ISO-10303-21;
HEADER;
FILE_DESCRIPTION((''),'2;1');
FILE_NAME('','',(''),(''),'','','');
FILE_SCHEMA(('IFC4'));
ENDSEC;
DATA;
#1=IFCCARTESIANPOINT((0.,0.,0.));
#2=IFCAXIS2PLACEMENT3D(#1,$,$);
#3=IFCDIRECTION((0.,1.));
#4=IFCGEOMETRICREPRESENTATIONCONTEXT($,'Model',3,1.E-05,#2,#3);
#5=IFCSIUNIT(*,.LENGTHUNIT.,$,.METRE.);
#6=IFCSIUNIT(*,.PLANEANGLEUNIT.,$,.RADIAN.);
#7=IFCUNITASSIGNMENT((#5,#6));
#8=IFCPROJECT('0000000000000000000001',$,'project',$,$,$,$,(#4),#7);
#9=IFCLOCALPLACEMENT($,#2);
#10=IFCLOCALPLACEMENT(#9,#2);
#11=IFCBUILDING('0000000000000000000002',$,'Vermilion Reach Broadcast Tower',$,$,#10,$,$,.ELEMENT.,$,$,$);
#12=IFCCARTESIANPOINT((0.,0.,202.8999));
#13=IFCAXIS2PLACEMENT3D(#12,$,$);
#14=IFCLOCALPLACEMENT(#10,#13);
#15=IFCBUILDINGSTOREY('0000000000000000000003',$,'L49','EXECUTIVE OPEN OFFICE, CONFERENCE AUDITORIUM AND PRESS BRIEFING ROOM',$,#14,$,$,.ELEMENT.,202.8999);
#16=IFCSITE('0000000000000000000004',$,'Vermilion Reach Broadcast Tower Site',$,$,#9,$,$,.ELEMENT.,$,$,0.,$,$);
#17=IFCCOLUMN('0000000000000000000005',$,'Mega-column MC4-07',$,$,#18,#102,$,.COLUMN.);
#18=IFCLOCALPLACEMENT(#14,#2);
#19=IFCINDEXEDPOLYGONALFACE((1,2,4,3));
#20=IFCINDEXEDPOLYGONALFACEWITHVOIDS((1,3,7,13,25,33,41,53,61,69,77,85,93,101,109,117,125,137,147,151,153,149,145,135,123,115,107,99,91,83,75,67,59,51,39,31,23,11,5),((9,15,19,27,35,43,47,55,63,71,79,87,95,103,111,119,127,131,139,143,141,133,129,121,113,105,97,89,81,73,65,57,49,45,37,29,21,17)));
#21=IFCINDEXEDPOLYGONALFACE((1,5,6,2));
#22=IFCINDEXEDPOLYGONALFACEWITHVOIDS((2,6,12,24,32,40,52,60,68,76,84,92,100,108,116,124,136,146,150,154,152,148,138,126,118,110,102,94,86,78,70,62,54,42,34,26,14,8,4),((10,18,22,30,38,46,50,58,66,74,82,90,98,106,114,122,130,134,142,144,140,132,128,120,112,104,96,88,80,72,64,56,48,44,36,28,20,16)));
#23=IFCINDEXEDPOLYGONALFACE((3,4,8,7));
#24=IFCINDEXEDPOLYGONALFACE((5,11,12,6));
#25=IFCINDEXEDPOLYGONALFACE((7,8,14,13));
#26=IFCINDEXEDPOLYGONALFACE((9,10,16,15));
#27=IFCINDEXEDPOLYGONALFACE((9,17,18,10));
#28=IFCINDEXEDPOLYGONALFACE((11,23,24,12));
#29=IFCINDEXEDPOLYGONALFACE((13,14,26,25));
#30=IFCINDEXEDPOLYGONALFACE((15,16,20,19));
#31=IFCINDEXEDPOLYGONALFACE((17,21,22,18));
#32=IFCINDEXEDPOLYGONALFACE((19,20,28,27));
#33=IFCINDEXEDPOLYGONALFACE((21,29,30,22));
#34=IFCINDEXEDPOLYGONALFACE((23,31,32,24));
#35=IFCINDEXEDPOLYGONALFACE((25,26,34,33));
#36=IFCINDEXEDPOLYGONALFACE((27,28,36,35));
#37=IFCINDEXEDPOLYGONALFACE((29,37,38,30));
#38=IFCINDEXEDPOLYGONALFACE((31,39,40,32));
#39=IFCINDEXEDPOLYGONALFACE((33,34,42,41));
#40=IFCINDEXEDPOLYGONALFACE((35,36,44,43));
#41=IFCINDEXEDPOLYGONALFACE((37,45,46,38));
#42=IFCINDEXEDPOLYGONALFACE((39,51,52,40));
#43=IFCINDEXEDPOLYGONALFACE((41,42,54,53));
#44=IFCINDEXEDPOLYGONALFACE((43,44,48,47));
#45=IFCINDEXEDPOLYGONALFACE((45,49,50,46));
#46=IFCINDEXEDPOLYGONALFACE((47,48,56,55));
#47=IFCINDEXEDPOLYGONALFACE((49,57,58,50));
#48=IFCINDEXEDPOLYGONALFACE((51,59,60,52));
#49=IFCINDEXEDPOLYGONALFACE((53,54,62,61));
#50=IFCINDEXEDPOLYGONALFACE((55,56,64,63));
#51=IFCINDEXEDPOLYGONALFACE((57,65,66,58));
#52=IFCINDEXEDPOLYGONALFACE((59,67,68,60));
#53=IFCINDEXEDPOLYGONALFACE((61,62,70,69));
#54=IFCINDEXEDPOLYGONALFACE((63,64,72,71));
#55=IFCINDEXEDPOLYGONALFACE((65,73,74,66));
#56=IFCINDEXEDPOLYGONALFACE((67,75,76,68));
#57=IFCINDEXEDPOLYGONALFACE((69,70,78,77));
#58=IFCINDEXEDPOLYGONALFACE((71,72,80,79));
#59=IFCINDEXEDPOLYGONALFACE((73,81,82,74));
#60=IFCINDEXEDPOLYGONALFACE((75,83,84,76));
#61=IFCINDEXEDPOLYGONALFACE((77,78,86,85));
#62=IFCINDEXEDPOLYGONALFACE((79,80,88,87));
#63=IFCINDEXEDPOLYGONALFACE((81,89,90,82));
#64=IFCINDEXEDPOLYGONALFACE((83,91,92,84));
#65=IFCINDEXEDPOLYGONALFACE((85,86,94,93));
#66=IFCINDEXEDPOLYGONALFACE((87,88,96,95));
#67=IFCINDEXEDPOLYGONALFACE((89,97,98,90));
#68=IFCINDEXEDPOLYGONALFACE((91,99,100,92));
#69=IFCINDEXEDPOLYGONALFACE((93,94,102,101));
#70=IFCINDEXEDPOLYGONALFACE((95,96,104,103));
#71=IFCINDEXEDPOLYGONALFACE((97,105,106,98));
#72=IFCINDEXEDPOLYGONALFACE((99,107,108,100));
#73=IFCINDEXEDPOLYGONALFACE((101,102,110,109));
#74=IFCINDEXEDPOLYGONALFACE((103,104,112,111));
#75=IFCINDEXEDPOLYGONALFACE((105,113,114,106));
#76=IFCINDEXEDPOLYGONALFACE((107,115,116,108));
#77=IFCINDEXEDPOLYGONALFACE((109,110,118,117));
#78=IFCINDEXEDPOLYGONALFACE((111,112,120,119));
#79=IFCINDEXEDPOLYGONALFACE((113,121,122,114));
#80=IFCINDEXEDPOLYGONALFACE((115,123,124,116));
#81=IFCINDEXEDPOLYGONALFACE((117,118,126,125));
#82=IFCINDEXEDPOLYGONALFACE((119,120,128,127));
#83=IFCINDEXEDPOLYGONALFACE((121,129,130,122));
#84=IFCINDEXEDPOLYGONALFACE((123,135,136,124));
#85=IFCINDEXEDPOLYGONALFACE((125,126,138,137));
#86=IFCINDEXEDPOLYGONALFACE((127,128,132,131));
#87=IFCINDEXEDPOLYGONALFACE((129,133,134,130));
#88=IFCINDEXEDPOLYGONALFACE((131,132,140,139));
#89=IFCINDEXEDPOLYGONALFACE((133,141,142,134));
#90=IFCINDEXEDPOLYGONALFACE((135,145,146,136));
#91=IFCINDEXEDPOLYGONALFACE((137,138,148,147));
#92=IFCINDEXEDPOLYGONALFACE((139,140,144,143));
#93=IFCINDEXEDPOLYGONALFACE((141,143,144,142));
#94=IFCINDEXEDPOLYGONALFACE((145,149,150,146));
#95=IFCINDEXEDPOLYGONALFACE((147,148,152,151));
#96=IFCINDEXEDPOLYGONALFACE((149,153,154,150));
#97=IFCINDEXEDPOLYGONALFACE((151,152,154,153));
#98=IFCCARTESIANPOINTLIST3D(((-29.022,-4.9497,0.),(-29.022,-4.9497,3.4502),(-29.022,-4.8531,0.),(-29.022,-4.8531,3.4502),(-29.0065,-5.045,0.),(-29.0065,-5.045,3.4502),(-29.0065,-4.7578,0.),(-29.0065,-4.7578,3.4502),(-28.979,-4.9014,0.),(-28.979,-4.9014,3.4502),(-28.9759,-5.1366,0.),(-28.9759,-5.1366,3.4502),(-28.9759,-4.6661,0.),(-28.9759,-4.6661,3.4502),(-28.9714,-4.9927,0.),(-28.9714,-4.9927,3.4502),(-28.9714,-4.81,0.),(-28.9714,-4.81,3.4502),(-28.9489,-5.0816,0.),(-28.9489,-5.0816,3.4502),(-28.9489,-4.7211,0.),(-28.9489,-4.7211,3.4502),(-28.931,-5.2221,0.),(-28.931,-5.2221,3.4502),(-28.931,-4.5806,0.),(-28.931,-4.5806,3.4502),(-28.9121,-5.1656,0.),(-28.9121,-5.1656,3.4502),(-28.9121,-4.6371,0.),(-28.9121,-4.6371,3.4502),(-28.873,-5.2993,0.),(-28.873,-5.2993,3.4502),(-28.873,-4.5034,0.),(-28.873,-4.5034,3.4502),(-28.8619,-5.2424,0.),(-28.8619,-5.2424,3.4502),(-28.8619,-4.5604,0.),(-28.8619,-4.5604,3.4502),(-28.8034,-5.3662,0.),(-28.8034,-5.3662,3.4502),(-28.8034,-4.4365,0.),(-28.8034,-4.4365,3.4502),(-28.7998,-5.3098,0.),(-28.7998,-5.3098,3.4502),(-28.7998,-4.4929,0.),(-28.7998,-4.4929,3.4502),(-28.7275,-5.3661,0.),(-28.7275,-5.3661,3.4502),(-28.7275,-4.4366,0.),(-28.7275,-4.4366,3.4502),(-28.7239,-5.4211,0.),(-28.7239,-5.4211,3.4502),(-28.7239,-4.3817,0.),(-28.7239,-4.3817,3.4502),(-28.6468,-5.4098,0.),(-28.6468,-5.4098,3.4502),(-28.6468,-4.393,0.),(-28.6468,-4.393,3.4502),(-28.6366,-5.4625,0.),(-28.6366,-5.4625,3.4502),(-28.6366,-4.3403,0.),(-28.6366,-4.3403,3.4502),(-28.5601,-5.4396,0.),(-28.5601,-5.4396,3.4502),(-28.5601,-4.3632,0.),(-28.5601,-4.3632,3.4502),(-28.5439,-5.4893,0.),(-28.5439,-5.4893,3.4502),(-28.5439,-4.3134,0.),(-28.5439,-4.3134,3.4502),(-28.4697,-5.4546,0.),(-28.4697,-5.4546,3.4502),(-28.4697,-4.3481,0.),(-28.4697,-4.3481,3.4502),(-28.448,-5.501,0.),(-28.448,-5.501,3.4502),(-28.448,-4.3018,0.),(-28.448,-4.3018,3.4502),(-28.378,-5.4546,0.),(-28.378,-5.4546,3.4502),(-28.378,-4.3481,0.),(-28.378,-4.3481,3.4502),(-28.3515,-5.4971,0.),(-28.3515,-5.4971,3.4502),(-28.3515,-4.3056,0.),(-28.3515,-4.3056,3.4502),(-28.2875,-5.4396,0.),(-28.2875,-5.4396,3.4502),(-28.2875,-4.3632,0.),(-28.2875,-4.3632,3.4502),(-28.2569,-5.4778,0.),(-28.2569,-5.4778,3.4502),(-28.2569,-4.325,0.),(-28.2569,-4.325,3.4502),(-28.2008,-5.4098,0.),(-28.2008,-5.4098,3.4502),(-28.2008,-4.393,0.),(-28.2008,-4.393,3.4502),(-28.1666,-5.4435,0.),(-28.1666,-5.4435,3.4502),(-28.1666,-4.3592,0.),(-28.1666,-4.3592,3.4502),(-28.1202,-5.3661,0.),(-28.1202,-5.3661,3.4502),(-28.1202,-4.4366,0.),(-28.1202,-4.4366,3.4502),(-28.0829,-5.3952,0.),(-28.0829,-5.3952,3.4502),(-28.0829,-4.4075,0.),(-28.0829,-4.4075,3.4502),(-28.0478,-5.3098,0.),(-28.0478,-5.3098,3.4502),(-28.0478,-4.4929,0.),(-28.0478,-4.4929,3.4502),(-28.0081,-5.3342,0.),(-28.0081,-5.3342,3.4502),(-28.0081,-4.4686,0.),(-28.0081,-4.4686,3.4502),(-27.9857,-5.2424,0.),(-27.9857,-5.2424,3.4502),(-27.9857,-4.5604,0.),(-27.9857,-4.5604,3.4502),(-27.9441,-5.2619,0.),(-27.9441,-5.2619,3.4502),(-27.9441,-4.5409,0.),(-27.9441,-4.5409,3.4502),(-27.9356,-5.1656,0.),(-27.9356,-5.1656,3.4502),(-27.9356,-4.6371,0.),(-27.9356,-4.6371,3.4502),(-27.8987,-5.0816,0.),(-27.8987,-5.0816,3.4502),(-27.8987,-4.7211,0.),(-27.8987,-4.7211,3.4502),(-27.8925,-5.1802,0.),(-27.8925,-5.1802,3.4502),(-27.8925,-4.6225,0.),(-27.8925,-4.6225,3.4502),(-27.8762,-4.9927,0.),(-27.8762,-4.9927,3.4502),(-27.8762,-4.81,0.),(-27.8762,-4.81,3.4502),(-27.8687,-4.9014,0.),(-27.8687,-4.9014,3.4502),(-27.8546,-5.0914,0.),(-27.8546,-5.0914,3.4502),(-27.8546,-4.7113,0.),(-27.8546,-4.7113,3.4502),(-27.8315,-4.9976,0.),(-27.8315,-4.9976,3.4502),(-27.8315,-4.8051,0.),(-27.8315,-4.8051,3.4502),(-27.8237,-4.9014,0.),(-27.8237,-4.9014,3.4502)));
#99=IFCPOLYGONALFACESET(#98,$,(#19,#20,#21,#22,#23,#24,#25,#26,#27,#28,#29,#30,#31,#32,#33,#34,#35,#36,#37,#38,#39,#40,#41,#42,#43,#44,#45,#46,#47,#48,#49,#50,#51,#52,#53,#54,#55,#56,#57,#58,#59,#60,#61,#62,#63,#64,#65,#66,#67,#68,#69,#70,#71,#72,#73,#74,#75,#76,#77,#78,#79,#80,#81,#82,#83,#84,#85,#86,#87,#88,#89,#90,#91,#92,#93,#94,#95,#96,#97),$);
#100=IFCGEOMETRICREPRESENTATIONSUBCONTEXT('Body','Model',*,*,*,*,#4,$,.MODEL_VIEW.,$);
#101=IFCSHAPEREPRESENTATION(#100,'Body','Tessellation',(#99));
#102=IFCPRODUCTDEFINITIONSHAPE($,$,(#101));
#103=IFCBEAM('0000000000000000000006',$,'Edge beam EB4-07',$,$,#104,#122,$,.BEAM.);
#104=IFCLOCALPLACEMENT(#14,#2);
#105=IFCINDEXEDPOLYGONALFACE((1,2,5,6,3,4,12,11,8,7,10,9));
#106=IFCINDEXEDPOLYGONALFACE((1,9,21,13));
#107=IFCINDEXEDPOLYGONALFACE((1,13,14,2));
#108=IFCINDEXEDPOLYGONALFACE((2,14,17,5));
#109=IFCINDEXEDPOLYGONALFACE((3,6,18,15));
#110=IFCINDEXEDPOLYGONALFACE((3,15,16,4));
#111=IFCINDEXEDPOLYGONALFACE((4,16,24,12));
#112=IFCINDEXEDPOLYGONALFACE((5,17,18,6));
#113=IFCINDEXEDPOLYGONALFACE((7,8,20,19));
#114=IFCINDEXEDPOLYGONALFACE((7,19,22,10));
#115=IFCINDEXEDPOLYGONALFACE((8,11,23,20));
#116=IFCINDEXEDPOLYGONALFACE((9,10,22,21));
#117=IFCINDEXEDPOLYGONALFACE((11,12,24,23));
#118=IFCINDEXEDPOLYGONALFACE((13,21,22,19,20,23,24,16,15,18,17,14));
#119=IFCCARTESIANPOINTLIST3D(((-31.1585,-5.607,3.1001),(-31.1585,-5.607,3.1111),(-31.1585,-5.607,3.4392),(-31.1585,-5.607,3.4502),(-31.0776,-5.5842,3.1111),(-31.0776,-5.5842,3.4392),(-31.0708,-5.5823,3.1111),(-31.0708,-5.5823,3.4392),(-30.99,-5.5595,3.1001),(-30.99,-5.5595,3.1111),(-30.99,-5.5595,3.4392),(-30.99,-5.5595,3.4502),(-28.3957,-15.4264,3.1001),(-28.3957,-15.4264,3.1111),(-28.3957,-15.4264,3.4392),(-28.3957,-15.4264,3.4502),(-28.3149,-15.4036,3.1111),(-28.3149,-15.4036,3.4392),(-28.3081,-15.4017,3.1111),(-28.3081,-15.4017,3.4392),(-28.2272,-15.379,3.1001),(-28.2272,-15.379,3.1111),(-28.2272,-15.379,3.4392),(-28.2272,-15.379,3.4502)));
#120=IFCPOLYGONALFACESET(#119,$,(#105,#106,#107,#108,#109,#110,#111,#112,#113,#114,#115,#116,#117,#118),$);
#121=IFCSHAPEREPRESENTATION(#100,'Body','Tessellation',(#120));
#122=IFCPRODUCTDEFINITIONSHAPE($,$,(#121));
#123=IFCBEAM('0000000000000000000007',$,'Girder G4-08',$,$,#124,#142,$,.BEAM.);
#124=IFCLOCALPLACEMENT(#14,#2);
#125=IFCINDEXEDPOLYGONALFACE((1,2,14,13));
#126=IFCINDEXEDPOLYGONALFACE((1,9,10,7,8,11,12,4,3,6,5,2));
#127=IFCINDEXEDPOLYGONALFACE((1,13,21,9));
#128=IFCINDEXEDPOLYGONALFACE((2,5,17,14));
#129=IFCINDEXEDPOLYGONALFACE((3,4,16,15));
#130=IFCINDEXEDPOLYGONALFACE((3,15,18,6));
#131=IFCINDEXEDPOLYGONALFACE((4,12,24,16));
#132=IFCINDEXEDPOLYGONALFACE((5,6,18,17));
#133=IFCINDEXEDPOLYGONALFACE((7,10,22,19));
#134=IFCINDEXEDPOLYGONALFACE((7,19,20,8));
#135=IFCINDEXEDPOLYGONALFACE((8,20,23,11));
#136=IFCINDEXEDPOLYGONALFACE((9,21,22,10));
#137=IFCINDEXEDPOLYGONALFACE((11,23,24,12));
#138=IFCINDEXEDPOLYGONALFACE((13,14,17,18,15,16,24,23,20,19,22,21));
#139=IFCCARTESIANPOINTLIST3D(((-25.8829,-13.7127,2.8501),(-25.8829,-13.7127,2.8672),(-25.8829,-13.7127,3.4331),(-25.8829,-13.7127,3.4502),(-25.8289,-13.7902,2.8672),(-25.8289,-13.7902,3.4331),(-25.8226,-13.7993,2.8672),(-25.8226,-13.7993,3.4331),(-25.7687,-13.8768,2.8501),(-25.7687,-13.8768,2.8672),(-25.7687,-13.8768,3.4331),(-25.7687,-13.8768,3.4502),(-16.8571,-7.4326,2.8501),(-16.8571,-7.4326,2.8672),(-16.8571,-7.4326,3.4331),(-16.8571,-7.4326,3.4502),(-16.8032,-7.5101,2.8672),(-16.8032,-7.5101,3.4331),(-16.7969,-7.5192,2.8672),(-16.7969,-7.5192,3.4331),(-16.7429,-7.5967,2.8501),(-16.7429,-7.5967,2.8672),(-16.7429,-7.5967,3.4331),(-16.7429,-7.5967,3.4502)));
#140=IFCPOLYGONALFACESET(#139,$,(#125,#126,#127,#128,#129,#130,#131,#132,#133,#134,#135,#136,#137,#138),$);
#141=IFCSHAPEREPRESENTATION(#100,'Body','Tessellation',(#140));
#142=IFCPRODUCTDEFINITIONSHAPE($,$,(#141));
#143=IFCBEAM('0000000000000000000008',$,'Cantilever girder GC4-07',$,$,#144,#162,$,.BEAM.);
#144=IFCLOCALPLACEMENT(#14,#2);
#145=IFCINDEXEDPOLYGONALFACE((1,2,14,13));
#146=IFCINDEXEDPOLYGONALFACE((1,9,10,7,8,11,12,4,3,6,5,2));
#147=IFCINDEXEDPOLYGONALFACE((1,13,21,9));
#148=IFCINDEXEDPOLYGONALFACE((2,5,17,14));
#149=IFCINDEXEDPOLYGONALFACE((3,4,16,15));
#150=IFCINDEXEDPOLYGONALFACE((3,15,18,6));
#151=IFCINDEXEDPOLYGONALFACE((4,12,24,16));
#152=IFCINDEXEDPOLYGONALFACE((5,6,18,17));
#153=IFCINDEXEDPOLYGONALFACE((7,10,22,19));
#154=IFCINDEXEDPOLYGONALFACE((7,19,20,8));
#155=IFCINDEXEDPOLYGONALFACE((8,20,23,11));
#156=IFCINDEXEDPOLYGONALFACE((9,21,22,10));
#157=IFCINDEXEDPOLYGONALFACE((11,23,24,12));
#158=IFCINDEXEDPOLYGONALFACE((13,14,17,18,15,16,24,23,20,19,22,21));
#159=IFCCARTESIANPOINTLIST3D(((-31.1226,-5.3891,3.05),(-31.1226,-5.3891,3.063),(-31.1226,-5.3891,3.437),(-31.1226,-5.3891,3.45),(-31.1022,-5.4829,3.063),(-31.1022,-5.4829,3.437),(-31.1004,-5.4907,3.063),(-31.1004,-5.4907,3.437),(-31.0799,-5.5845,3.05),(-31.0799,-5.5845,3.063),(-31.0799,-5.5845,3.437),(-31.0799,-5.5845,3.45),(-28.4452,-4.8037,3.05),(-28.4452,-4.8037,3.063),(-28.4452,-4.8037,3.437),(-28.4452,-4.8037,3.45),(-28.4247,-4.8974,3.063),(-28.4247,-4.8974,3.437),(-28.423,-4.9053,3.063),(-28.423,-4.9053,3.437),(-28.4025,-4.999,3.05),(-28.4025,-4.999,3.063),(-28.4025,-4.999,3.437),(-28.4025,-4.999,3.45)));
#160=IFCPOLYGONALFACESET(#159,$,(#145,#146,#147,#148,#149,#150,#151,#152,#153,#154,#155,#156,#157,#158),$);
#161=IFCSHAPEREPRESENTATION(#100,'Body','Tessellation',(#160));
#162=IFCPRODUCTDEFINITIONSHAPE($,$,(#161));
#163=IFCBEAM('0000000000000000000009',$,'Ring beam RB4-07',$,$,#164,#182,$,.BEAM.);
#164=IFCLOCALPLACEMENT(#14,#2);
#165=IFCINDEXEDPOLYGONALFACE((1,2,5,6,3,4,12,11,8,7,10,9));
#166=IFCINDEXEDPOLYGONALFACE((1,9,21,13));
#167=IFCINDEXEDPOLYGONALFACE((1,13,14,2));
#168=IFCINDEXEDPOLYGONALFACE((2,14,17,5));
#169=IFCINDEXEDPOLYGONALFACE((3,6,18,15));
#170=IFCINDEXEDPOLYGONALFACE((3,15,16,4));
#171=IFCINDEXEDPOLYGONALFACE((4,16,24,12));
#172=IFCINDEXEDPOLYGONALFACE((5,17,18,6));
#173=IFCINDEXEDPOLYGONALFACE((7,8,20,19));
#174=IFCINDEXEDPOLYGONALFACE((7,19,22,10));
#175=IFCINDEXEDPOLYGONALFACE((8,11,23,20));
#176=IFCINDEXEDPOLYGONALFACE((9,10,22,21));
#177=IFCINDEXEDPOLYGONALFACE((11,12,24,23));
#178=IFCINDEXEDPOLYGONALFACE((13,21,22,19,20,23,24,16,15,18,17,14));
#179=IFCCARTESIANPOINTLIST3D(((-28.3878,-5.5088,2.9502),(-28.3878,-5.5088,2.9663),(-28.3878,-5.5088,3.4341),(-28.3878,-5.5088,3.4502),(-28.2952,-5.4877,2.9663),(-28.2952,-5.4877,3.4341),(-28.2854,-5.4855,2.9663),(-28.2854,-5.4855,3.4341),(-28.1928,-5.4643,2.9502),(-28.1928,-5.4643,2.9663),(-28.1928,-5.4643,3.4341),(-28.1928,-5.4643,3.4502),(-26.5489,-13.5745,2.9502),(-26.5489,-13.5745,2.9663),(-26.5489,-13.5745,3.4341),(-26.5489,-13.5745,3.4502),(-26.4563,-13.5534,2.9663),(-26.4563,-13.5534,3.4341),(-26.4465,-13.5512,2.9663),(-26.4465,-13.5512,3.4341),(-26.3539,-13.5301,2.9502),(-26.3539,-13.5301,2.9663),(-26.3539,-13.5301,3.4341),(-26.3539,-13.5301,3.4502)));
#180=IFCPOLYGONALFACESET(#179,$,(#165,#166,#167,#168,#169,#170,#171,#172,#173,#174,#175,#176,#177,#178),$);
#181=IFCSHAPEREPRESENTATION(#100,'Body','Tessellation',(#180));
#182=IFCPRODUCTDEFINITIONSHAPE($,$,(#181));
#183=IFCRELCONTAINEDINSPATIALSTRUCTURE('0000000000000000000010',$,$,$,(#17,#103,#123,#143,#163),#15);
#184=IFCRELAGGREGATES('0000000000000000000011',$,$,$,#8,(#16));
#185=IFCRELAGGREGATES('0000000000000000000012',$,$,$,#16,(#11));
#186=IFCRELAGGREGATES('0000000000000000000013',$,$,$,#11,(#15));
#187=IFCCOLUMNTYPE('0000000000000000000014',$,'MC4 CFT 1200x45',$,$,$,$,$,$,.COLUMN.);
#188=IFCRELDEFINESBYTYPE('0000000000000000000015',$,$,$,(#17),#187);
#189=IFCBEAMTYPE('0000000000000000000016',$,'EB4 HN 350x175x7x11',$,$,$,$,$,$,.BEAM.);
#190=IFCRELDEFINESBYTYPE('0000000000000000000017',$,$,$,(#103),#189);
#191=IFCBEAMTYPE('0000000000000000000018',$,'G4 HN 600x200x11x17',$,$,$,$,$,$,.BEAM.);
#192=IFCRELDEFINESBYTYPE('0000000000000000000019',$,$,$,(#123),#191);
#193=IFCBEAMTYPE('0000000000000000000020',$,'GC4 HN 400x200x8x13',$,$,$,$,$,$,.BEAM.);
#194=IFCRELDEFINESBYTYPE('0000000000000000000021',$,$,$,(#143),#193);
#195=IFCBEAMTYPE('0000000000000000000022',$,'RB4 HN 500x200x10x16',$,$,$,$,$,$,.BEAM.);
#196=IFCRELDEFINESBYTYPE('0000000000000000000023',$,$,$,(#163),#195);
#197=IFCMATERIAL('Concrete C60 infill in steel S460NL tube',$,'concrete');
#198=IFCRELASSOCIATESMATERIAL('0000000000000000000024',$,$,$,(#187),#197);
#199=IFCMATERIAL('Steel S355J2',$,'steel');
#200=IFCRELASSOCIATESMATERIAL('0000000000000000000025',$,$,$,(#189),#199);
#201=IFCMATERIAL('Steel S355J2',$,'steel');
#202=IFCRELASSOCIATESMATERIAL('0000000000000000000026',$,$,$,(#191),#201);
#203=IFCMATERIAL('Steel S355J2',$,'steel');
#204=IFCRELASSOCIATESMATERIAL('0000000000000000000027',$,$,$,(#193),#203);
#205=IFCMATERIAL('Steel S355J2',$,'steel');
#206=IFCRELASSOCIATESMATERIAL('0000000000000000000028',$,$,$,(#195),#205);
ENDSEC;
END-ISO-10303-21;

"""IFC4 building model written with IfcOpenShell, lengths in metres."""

from ifc_helpers import new_model, si_unit, direction, frame, origin, origin_2d, place, context, subcontext, project, spatial, hollow_circle, i_section, extrude, material, material_profile, profile_set, type_object, element, save


model = new_model("IFC4")

# Units and contexts
model_context = context("Model", 3, precision=1e-05, world=origin(), true_north=direction((0.0, 1.0)))
body_context = subcontext(model_context, "Body", "Model", "MODEL_VIEW")
ifc_project = project(units=[si_unit("LENGTHUNIT", "METRE"), si_unit("PLANEANGLEUNIT", "RADIAN")], contexts=[model_context])

# Site, building, storey
site_placement = place(None, origin())
site = spatial("IfcSite", under=ifc_project, at=site_placement, Name="Vermilion Reach Broadcast Tower Site", CompositionType="ELEMENT", RefElevation=0.0)
building_placement = place(site_placement, origin())
building = spatial("IfcBuilding", under=site, at=building_placement, Name="Vermilion Reach Broadcast Tower", CompositionType="ELEMENT")
storey_placement = place(building_placement, frame((0.0, 0.0, 202.8999)))
storey = spatial("IfcBuildingStorey", under=building, at=storey_placement, Name="L49", Description="EXECUTIVE OPEN OFFICE, CONFERENCE AUDITORIUM AND PRESS BRIEFING ROOM", CompositionType="ELEMENT", Elevation=202.8999)

# Column
ifc_material_1 = material(Name="Concrete C60 infill in steel S460NL tube", Category="concrete")
ifc_material_profile_1 = material_profile(ifc_material_1, hollow_circle(Radius=0.6001, WallThickness=0.0449, at=origin_2d()), Name="Concrete C60 infill in steel S460NL tube CFT 1200x45")
ifc_profile_set_1 = profile_set([ifc_material_profile_1], Name="Concrete C60 infill in steel S460NL tube")
column_type = type_object("IfcColumnType", Name="MC4 CFT 1200x45", PredefinedType="COLUMN", material=ifc_profile_set_1)
column_placement = place(storey_placement, frame((-28.4238, -4.9014, 0.0), z_axis=(0.0, 0.0, 1.0), x_axis=(1.0, 0.0, 0.0)))
element("IfcColumn", 1, at=column_placement, inside=storey, type_object=column_type, Name="Mega-column MC4-07", PredefinedType="COLUMN", context=body_context, shape_type="SweptSolid", body=[
    extrude(hollow_circle(Radius=0.6001, WallThickness=0.0449, at=origin_2d()), origin(), (0.0, 0.0, 1.0), 3.4502),
])

# Beams
ifc_material_2 = material(Name="Steel S355J2", Category="steel")
ifc_material_profile_2 = material_profile(ifc_material_2, i_section(OverallWidth=0.175, OverallDepth=0.3501, WebThickness=0.0071, FlangeThickness=0.011, at=origin_2d()), Name="S355J2 HN 350x175x7x11")
ifc_profile_set_2 = profile_set([ifc_material_profile_2], Name="Steel S355J2")
beam_type_1 = type_object("IfcBeamType", Name="EB4 HN 350x175x7x11", PredefinedType="BEAM", material=ifc_profile_set_2)
beam_1_placement = place(storey_placement, frame((-31.0742, -5.5833, 3.2751), z_axis=(0.270837, -0.962625, 0.0), x_axis=(0.962625, 0.270837, 0.0)))
element("IfcBeam", 2, at=beam_1_placement, inside=storey, type_object=beam_type_1, Name="Edge beam EB4-07", PredefinedType="BEAM", context=body_context, shape_type="SweptSolid", body=[
    extrude(i_section(OverallWidth=0.175, OverallDepth=0.3501, WebThickness=0.0071, FlangeThickness=0.011, at=origin_2d()), origin(), (0.0, 0.0, 1.0), 10.2007),
])
ifc_material_3 = material(Name="Steel S355J2", Category="steel")
ifc_material_profile_3 = material_profile(ifc_material_3, i_section(OverallWidth=0.2, OverallDepth=0.6001, WebThickness=0.011, FlangeThickness=0.0171, at=origin_2d()), Name="S355J2 HN 600x200x11x17")
ifc_profile_set_3 = profile_set([ifc_material_profile_3], Name="Steel S355J2")
beam_type_2 = type_object("IfcBeamType", Name="G4 HN 600x200x11x17", PredefinedType="BEAM", material=ifc_profile_set_3)
beam_2_placement = place(storey_placement, frame((-16.8, -7.5146, 3.1501), z_axis=(-0.820849, -0.571146, 0.0), x_axis=(0.571146, -0.820849, 0.0)))
element("IfcBeam", 3, at=beam_2_placement, inside=storey, type_object=beam_type_2, Name="Girder G4-08", PredefinedType="BEAM", context=body_context, shape_type="SweptSolid", body=[
    extrude(i_section(OverallWidth=0.2, OverallDepth=0.6001, WebThickness=0.011, FlangeThickness=0.0171, at=origin_2d()), origin(), (0.0, 0.0, 1.0), 10.9956),
])
ifc_material_4 = material(Name="Steel S355J2", Category="steel")
ifc_material_profile_4 = material_profile(ifc_material_4, i_section(OverallWidth=0.2, OverallDepth=0.3999, WebThickness=0.0081, FlangeThickness=0.0129, at=origin_2d()), Name="S355J2 HN 400x200x8x13")
ifc_profile_set_4 = profile_set([ifc_material_profile_4], Name="Steel S355J2")
beam_type_3 = type_object("IfcBeamType", Name="GC4 HN 400x200x8x13", PredefinedType="BEAM", material=ifc_profile_set_4)
beam_3_placement = place(storey_placement, frame((-28.4238, -4.9014, 3.25), z_axis=(-0.976919, -0.213609, 0.0), x_axis=(0.213609, -0.976919, 0.0)))
element("IfcBeam", 4, at=beam_3_placement, inside=storey, type_object=beam_type_3, Name="Cantilever girder GC4-07", PredefinedType="BEAM", context=body_context, shape_type="SweptSolid", body=[
    extrude(i_section(OverallWidth=0.2, OverallDepth=0.3999, WebThickness=0.0081, FlangeThickness=0.0129, at=origin_2d()), origin(), (0.0, 0.0, 1.0), 2.7407),
])
ifc_material_5 = material(Name="Steel S355J2", Category="steel")
ifc_material_profile_5 = material_profile(ifc_material_5, i_section(OverallWidth=0.2, OverallDepth=0.5, WebThickness=0.01, FlangeThickness=0.0161, at=origin_2d()), Name="S355J2 HN 500x200x10x16")
ifc_profile_set_5 = profile_set([ifc_material_profile_5], Name="Steel S355J2")
beam_type_4 = type_object("IfcBeamType", Name="RB4 HN 500x200x10x16", PredefinedType="BEAM", material=ifc_profile_set_5)
beam_4_placement = place(storey_placement, frame((-28.2903, -5.4866, 3.2002), z_axis=(0.222283, -0.974982, 0.0), x_axis=(0.974982, 0.222283, 0.0)))
element("IfcBeam", 5, at=beam_4_placement, inside=storey, type_object=beam_type_4, Name="Ring beam RB4-07", PredefinedType="BEAM", context=body_context, shape_type="SweptSolid", body=[
    extrude(i_section(OverallWidth=0.2, OverallDepth=0.5, WebThickness=0.01, FlangeThickness=0.0161, at=origin_2d()), origin(), (0.0, 0.0, 1.0), 8.2727),
])

save(model, "model.ifc")
